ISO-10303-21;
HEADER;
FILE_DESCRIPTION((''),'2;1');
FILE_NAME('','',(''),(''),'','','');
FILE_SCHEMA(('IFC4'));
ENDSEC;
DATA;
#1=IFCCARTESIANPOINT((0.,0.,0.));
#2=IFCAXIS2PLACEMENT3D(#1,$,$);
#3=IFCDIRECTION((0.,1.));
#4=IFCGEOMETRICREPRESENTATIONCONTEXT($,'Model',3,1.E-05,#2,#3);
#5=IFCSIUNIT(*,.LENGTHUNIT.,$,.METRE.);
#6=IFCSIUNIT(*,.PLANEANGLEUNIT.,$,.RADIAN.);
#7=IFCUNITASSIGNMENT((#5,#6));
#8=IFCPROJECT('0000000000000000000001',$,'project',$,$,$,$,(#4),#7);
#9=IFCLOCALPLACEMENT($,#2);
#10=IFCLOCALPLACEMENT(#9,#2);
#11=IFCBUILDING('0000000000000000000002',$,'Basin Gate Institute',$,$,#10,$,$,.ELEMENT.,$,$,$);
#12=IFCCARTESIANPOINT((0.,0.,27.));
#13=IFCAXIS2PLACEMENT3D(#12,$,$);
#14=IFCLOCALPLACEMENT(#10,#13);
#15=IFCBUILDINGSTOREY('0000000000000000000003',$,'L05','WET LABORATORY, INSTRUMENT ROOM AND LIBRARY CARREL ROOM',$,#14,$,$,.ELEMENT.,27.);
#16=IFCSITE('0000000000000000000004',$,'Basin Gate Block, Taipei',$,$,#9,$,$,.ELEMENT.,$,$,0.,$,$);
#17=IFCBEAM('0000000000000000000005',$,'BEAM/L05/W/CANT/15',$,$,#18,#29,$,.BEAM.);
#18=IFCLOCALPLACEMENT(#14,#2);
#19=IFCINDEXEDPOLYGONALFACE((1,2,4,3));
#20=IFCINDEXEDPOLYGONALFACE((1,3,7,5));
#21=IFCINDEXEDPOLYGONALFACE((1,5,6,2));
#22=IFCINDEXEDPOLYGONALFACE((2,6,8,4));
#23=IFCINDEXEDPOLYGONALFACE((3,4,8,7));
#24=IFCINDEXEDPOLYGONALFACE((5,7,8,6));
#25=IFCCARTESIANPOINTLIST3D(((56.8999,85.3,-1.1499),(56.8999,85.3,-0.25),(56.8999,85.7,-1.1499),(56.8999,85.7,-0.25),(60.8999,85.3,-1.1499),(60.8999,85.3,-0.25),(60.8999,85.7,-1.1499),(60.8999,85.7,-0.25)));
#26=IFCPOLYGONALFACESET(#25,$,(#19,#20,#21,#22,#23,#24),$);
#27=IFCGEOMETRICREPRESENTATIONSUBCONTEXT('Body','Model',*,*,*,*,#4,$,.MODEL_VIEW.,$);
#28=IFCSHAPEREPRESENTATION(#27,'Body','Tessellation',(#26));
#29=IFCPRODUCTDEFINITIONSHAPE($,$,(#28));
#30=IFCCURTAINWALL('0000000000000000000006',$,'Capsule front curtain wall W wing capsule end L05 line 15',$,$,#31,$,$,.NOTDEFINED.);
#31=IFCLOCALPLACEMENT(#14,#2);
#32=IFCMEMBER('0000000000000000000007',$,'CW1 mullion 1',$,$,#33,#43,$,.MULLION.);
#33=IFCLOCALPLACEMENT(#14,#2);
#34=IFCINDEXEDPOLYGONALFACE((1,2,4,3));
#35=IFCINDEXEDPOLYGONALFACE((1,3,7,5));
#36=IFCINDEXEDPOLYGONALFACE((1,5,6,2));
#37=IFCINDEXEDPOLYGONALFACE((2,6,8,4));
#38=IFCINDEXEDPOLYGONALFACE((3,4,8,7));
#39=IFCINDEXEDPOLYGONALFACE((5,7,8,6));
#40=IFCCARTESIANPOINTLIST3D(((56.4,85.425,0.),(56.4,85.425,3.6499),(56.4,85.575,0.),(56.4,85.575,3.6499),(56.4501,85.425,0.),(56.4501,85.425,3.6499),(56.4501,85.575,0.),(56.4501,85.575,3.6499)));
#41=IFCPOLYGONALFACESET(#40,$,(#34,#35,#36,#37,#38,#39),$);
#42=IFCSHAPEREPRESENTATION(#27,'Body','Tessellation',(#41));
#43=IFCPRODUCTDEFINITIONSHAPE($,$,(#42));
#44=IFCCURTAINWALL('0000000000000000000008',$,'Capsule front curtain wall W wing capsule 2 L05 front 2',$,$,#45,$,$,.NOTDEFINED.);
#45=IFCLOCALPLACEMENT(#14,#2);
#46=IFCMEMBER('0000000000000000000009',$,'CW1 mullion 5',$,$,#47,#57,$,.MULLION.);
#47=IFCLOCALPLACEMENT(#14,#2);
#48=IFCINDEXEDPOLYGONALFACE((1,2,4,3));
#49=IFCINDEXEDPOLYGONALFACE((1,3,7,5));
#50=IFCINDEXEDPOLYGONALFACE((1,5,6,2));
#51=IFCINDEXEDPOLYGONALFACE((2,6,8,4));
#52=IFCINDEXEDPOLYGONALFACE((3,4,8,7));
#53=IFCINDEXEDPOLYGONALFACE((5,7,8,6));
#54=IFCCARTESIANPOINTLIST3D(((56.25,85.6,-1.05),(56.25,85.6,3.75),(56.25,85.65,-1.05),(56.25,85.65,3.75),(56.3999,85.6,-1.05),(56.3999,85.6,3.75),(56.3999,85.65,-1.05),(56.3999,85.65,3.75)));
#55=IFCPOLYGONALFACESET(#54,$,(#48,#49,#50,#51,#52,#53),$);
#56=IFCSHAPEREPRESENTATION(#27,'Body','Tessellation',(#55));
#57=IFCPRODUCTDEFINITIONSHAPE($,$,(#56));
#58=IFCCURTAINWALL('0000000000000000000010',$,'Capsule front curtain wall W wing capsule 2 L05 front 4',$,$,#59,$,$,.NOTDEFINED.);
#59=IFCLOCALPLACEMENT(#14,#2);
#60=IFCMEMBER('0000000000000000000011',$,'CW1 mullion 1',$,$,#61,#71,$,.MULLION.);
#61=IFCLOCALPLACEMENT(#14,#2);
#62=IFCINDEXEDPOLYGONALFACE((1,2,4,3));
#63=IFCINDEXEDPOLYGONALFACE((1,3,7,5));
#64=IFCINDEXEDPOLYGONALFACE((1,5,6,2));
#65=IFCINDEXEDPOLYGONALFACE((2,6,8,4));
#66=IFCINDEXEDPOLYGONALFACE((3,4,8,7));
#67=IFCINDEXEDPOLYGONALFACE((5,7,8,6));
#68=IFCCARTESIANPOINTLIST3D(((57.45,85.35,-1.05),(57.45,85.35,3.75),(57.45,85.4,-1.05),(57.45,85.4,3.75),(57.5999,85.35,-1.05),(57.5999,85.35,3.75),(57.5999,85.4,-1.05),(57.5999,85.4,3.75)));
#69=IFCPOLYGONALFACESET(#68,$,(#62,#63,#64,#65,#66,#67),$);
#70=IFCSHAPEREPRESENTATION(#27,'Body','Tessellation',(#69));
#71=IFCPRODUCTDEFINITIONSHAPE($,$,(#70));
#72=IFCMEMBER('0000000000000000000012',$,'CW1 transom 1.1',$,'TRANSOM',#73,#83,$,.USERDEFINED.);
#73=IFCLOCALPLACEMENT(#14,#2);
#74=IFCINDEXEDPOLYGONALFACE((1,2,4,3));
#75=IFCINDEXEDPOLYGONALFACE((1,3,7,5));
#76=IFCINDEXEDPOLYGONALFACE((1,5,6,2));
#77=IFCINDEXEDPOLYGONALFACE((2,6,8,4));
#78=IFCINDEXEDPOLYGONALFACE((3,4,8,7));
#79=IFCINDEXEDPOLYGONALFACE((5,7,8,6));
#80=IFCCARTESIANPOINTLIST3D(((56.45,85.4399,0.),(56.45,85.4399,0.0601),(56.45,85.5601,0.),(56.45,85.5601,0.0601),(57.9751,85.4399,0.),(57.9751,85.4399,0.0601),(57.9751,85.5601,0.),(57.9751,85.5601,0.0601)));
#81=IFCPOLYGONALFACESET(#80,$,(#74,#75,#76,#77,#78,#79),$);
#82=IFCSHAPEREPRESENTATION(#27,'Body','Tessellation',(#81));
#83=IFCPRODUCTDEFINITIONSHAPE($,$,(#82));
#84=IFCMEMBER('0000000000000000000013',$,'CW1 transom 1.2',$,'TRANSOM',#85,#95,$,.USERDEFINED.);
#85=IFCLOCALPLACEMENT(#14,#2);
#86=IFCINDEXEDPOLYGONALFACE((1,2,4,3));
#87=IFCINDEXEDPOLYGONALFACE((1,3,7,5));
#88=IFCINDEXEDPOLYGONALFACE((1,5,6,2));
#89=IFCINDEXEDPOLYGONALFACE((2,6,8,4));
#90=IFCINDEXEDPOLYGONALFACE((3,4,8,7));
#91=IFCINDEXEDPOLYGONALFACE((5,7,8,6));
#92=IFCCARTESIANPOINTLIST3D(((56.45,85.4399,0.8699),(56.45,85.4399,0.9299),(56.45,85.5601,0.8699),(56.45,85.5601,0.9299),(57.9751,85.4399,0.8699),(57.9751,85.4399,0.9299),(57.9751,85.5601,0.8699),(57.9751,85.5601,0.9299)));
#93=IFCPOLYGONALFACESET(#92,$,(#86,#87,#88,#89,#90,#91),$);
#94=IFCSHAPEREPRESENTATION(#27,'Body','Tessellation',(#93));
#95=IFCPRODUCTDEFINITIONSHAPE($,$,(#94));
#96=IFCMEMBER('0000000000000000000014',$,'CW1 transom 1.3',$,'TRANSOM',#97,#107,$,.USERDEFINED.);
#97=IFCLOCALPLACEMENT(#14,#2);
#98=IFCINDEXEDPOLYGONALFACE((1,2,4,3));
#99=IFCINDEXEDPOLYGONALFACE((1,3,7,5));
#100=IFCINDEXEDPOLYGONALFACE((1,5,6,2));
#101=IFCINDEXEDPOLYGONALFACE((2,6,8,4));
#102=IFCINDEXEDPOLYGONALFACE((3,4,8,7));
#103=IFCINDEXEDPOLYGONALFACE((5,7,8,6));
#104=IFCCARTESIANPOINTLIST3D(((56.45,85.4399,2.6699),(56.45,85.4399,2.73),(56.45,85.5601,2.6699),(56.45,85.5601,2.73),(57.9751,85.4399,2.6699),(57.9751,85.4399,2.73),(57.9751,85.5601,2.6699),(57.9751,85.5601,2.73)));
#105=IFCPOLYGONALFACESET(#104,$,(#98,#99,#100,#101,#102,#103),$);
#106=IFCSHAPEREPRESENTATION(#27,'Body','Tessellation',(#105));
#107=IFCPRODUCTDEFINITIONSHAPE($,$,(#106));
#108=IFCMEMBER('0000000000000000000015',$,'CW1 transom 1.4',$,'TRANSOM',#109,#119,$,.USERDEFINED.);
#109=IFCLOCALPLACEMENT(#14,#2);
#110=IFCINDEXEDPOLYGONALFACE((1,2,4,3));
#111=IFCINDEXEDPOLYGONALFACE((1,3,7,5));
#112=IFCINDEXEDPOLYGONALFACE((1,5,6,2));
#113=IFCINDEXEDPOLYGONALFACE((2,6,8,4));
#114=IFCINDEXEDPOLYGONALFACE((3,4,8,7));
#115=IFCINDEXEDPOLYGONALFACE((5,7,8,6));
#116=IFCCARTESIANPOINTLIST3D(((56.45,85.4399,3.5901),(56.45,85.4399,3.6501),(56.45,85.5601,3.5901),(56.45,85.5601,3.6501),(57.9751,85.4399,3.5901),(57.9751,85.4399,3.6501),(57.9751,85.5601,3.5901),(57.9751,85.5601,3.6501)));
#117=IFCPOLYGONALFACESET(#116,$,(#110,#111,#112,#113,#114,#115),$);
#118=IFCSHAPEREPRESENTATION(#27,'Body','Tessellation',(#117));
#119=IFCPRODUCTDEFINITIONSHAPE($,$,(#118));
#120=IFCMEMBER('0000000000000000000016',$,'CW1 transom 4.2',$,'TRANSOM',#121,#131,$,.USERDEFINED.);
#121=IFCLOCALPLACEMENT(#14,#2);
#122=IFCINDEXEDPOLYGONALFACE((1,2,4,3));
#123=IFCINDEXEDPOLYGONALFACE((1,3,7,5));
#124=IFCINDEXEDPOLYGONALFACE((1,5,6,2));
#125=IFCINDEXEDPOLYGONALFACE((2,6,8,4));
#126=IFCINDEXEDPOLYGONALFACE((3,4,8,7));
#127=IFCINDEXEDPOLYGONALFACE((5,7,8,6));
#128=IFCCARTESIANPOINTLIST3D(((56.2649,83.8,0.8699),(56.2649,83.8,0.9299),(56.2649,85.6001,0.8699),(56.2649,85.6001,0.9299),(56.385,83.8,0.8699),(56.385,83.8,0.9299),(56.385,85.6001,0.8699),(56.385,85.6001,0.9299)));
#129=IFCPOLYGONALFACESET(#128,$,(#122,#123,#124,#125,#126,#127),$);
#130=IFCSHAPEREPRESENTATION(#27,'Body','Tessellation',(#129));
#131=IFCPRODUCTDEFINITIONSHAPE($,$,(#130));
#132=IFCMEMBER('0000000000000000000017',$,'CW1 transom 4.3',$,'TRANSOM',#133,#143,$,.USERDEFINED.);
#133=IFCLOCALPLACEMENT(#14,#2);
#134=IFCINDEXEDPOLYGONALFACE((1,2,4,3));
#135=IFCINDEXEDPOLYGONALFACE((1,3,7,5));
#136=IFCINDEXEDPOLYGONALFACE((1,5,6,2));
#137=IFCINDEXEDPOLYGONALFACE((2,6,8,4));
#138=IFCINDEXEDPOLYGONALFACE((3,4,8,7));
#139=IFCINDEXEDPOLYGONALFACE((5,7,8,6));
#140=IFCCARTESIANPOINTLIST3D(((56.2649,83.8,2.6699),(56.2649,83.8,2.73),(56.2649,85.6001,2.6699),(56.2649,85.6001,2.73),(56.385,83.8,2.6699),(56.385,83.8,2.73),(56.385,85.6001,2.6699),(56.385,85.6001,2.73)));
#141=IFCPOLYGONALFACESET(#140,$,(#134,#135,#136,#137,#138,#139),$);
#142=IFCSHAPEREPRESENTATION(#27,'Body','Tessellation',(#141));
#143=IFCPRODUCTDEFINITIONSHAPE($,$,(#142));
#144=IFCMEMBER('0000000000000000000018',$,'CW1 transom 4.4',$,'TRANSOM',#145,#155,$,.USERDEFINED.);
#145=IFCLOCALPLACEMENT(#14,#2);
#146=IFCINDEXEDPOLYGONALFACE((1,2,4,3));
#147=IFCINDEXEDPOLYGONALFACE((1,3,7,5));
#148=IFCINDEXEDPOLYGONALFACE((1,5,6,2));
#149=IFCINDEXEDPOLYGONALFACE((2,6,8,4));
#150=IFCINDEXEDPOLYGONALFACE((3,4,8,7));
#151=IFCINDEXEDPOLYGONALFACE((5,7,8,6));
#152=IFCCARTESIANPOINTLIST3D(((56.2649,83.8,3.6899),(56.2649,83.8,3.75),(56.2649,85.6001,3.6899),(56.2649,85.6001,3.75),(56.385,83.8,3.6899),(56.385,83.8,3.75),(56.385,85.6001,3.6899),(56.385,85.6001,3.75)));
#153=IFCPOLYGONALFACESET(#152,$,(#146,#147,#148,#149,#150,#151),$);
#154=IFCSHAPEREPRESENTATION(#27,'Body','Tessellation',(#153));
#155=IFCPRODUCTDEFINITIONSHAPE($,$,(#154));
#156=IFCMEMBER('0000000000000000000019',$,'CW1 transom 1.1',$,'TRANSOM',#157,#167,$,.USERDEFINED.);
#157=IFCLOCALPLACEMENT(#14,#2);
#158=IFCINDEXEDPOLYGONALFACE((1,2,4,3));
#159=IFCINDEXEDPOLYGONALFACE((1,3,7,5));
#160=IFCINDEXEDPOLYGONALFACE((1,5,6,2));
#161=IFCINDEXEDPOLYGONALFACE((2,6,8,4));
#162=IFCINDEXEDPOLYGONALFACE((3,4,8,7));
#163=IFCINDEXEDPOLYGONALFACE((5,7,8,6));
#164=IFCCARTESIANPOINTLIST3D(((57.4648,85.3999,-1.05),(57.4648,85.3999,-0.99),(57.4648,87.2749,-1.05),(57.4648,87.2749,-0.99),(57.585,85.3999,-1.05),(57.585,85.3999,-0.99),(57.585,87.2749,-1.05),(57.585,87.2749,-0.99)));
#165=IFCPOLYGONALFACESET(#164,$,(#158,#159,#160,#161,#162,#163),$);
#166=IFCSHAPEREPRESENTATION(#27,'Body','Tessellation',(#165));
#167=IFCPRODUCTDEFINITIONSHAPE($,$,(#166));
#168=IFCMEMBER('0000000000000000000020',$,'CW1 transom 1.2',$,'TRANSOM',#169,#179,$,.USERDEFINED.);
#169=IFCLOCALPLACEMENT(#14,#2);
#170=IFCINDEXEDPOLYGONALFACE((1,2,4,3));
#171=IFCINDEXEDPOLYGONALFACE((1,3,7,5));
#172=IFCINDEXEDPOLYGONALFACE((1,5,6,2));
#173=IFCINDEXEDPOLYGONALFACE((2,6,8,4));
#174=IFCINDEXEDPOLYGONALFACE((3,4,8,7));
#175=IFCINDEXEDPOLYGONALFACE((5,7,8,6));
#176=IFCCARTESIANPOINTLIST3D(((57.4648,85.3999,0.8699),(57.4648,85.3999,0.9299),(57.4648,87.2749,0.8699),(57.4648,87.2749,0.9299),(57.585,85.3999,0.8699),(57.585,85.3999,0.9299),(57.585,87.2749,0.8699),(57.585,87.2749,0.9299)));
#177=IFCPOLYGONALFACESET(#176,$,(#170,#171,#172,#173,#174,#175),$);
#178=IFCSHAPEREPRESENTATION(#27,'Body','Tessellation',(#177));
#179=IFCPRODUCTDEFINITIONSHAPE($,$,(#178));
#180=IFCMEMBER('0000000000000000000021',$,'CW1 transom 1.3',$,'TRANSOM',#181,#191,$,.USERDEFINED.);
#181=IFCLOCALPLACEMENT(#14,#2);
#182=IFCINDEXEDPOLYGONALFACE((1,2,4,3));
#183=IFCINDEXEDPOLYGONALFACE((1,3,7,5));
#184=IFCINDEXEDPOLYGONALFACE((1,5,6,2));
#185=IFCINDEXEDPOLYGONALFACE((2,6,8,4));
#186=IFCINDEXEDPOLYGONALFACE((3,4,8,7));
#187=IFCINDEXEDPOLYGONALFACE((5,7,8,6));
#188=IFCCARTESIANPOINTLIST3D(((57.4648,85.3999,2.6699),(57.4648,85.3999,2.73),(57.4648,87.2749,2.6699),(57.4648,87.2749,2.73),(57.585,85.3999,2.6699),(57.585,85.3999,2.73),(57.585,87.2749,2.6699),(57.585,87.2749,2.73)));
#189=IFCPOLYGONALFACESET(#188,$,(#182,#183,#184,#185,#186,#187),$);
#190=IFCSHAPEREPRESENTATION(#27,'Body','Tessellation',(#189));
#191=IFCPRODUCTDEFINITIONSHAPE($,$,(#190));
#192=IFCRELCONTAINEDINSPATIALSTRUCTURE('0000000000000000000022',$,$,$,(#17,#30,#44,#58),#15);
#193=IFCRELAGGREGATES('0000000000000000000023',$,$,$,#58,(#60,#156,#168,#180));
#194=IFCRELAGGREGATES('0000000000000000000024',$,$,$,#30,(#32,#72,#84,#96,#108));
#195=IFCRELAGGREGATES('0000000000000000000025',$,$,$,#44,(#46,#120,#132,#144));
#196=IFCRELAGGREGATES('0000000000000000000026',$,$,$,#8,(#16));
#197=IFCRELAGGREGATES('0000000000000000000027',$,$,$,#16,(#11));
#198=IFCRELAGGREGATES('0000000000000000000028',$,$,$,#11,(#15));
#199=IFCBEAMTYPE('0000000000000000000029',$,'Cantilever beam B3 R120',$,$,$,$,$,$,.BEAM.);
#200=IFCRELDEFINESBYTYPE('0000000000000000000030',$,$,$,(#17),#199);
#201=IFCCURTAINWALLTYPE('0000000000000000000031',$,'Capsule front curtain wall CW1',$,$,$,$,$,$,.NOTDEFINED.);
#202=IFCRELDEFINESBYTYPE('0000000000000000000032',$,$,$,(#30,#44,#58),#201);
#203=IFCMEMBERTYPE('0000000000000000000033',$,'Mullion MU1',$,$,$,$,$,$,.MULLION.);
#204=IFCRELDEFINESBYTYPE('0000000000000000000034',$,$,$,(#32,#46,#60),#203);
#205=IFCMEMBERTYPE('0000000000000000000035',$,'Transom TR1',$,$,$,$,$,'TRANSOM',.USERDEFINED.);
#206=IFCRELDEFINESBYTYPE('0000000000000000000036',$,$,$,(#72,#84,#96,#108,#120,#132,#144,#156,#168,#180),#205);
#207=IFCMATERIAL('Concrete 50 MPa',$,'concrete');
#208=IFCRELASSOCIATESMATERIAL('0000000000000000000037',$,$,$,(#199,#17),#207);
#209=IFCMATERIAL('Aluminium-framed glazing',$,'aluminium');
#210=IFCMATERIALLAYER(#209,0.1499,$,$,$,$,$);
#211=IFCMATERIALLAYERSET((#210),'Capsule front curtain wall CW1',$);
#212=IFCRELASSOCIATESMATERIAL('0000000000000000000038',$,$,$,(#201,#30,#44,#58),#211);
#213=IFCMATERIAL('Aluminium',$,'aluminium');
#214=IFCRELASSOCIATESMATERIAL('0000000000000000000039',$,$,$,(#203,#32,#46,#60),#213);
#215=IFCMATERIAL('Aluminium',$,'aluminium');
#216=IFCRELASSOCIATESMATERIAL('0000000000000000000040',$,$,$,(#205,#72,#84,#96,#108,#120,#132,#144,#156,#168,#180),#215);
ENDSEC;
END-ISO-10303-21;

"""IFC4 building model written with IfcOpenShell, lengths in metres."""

from ifc_helpers import new_model, si_unit, direction, frame, origin, origin_2d, place, context, subcontext, project, spatial, rectangle, extrude, material, layer, layer_set, material_profile, profile_set, type_object, element, aggregate, save


model = new_model("IFC4")

# Units and contexts
model_context = context("Model", 3, precision=1e-05, world=origin(), true_north=direction((0.0, 1.0)))
body_context = subcontext(model_context, "Body", "Model", "MODEL_VIEW")
ifc_project = project(units=[si_unit("LENGTHUNIT", "METRE"), si_unit("PLANEANGLEUNIT", "RADIAN")], contexts=[model_context])

# Site, building, storey
site_placement = place(None, origin())
site = spatial("IfcSite", under=ifc_project, at=site_placement, Name="Basin Gate Block, Taipei", CompositionType="ELEMENT", RefElevation=0.0)
building_placement = place(site_placement, origin())
building = spatial("IfcBuilding", under=site, at=building_placement, Name="Basin Gate Institute", CompositionType="ELEMENT")
storey_placement = place(building_placement, frame((0.0, 0.0, 27.0)))
storey = spatial("IfcBuildingStorey", under=building, at=storey_placement, Name="L05", Description="WET LABORATORY, INSTRUMENT ROOM AND LIBRARY CARREL ROOM", CompositionType="ELEMENT", Elevation=27.0)

# Beam
ifc_material_1 = material(Name="Concrete 50 MPa", Category="concrete")
ifc_material_profile_1 = material_profile(ifc_material_1, rectangle(XDim=0.3999, YDim=0.8999, at=origin_2d()), Name="Cantilever beam B3 400 x 900")
ifc_profile_set_1 = profile_set([ifc_material_profile_1], Name="Concrete 50 MPa")
beam_type = type_object("IfcBeamType", Name="Cantilever beam B3 R120", PredefinedType="BEAM", material=ifc_profile_set_1)
beam_placement = place(storey_placement, frame((56.8999, 85.5, -0.7), z_axis=(1.0, 0.0, 0.0), x_axis=(0.0, 1.0, 0.0)))
element("IfcBeam", 1, at=beam_placement, inside=storey, type_object=beam_type, material=ifc_profile_set_1, Name="BEAM/L05/W/CANT/15", PredefinedType="BEAM", context=body_context, shape_type="SweptSolid", body=[
    extrude(rectangle(XDim=0.3999, YDim=0.8999, at=origin_2d()), origin(), (0.0, 0.0, 1.0), 4.0),
])

# Curtain walls, members
ifc_material_2 = material(Name="Aluminium-framed glazing", Category="aluminium")
ifc_layer_1 = layer(ifc_material_2, 0.1499)
ifc_layer_set_1 = layer_set([ifc_layer_1], Name="Capsule front curtain wall CW1")
curtain_wall_type = type_object("IfcCurtainWallType", Name="Capsule front curtain wall CW1", PredefinedType="NOTDEFINED", material=ifc_layer_set_1)
curtain_wall_1_placement = place(storey_placement, origin())
curtain_wall_1 = element("IfcCurtainWall", 2, at=curtain_wall_1_placement, inside=storey, type_object=curtain_wall_type, material=ifc_layer_set_1, Name="Capsule front curtain wall W wing capsule end L05 line 15", PredefinedType="NOTDEFINED")
ifc_material_3 = material(Name="Aluminium", Category="aluminium")
ifc_material_profile_2 = material_profile(ifc_material_3, rectangle(XDim=0.1499, YDim=0.05, at=origin_2d()), Name="Mullion MU1 150 x 50")
ifc_profile_set_2 = profile_set([ifc_material_profile_2], Name="Aluminium")
member_type_1 = type_object("IfcMemberType", Name="Mullion MU1", PredefinedType="MULLION", material=ifc_profile_set_2)
member_1_placement = place(storey_placement, frame((56.425, 85.5, 0.0), z_axis=(0.0, 0.0, 1.0), x_axis=(0.0, 1.0, 0.0)))
member_1 = element("IfcMember", 3, at=member_1_placement, type_object=member_type_1, material=ifc_profile_set_2, Name="CW1 mullion 1", PredefinedType="MULLION", context=body_context, shape_type="SweptSolid", body=[
    extrude(rectangle(XDim=0.1499, YDim=0.05, at=origin_2d()), origin(), (0.0, 0.0, 1.0), 3.6499),
])
curtain_wall_2_placement = place(storey_placement, origin())
curtain_wall_2 = element("IfcCurtainWall", 4, at=curtain_wall_2_placement, inside=storey, type_object=curtain_wall_type, material=ifc_layer_set_1, Name="Capsule front curtain wall W wing capsule 2 L05 front 2", PredefinedType="NOTDEFINED")
member_2_placement = place(storey_placement, frame((56.325, 85.625, -1.05), z_axis=(0.0, 0.0, 1.0), x_axis=(-1.0, 0.0, 0.0)))
member_2 = element("IfcMember", 5, at=member_2_placement, type_object=member_type_1, material=ifc_profile_set_2, Name="CW1 mullion 5", PredefinedType="MULLION", context=body_context, shape_type="SweptSolid", body=[
    extrude(rectangle(XDim=0.1499, YDim=0.05, at=origin_2d()), origin(), (0.0, 0.0, 1.0), 4.8),
])
curtain_wall_3_placement = place(storey_placement, origin())
curtain_wall_3 = element("IfcCurtainWall", 6, at=curtain_wall_3_placement, inside=storey, type_object=curtain_wall_type, material=ifc_layer_set_1, Name="Capsule front curtain wall W wing capsule 2 L05 front 4", PredefinedType="NOTDEFINED")
member_3_placement = place(storey_placement, frame((57.5249, 85.375, -1.05), z_axis=(0.0, 0.0, 1.0), x_axis=(-1.0, 0.0, 0.0)))
member_3 = element("IfcMember", 7, at=member_3_placement, type_object=member_type_1, material=ifc_profile_set_2, Name="CW1 mullion 1", PredefinedType="MULLION", context=body_context, shape_type="SweptSolid", body=[
    extrude(rectangle(XDim=0.1499, YDim=0.05, at=origin_2d()), origin(), (0.0, 0.0, 1.0), 4.8),
])

# Members
ifc_material_4 = material(Name="Aluminium", Category="aluminium")
ifc_material_profile_3 = material_profile(ifc_material_4, rectangle(XDim=0.1201, YDim=0.0601, at=origin_2d()), Name="Transom TR1 120 x 60")
ifc_profile_set_3 = profile_set([ifc_material_profile_3], Name="Aluminium")
member_type_2 = type_object("IfcMemberType", Name="Transom TR1", ElementType="TRANSOM", PredefinedType="USERDEFINED", material=ifc_profile_set_3)
member_4_placement = place(storey_placement, frame((56.45, 85.5, 0.03), z_axis=(1.0, 0.0, 0.0), x_axis=(0.0, 1.0, 0.0)))
member_4 = element("IfcMember", 8, at=member_4_placement, type_object=member_type_2, material=ifc_profile_set_3, Name="CW1 transom 1.1", ObjectType="TRANSOM", PredefinedType="USERDEFINED", context=body_context, shape_type="SweptSolid", body=[
    extrude(rectangle(XDim=0.1201, YDim=0.0601, at=origin_2d()), origin(), (0.0, 0.0, 1.0), 1.5251),
])
member_5_placement = place(storey_placement, frame((56.45, 85.5, 0.8999), z_axis=(1.0, 0.0, 0.0), x_axis=(0.0, 1.0, 0.0)))
member_5 = element("IfcMember", 9, at=member_5_placement, type_object=member_type_2, material=ifc_profile_set_3, Name="CW1 transom 1.2", ObjectType="TRANSOM", PredefinedType="USERDEFINED", context=body_context, shape_type="SweptSolid", body=[
    extrude(rectangle(XDim=0.1201, YDim=0.0601, at=origin_2d()), origin(), (0.0, 0.0, 1.0), 1.5251),
])
member_6_placement = place(storey_placement, frame((56.45, 85.5, 2.7), z_axis=(1.0, 0.0, 0.0), x_axis=(0.0, 1.0, 0.0)))
member_6 = element("IfcMember", 10, at=member_6_placement, type_object=member_type_2, material=ifc_profile_set_3, Name="CW1 transom 1.3", ObjectType="TRANSOM", PredefinedType="USERDEFINED", context=body_context, shape_type="SweptSolid", body=[
    extrude(rectangle(XDim=0.1201, YDim=0.0601, at=origin_2d()), origin(), (0.0, 0.0, 1.0), 1.5251),
])
member_7_placement = place(storey_placement, frame((56.45, 85.5, 3.6201), z_axis=(1.0, 0.0, 0.0), x_axis=(0.0, 1.0, 0.0)))
member_7 = element("IfcMember", 11, at=member_7_placement, type_object=member_type_2, material=ifc_profile_set_3, Name="CW1 transom 1.4", ObjectType="TRANSOM", PredefinedType="USERDEFINED", context=body_context, shape_type="SweptSolid", body=[
    extrude(rectangle(XDim=0.1201, YDim=0.0601, at=origin_2d()), origin(), (0.0, 0.0, 1.0), 1.5251),
])
member_8_placement = place(storey_placement, frame((56.325, 83.8, 0.8999), z_axis=(0.0, 1.0, 0.0), x_axis=(-1.0, 0.0, 0.0)))
member_8 = element("IfcMember", 12, at=member_8_placement, type_object=member_type_2, material=ifc_profile_set_3, Name="CW1 transom 4.2", ObjectType="TRANSOM", PredefinedType="USERDEFINED", context=body_context, shape_type="SweptSolid", body=[
    extrude(rectangle(XDim=0.1201, YDim=0.0601, at=origin_2d()), origin(), (0.0, 0.0, 1.0), 1.8),
])
member_9_placement = place(storey_placement, frame((56.325, 83.8, 2.7), z_axis=(0.0, 1.0, 0.0), x_axis=(-1.0, 0.0, 0.0)))
member_9 = element("IfcMember", 13, at=member_9_placement, type_object=member_type_2, material=ifc_profile_set_3, Name="CW1 transom 4.3", ObjectType="TRANSOM", PredefinedType="USERDEFINED", context=body_context, shape_type="SweptSolid", body=[
    extrude(rectangle(XDim=0.1201, YDim=0.0601, at=origin_2d()), origin(), (0.0, 0.0, 1.0), 1.8),
])
member_10_placement = place(storey_placement, frame((56.325, 83.8, 3.72), z_axis=(0.0, 1.0, 0.0), x_axis=(-1.0, 0.0, 0.0)))
member_10 = element("IfcMember", 14, at=member_10_placement, type_object=member_type_2, material=ifc_profile_set_3, Name="CW1 transom 4.4", ObjectType="TRANSOM", PredefinedType="USERDEFINED", context=body_context, shape_type="SweptSolid", body=[
    extrude(rectangle(XDim=0.1201, YDim=0.0601, at=origin_2d()), origin(), (0.0, 0.0, 1.0), 1.8),
])
member_11_placement = place(storey_placement, frame((57.5249, 85.3999, -1.02), z_axis=(0.0, 1.0, 0.0), x_axis=(-1.0, 0.0, 0.0)))
member_11 = element("IfcMember", 15, at=member_11_placement, type_object=member_type_2, material=ifc_profile_set_3, Name="CW1 transom 1.1", ObjectType="TRANSOM", PredefinedType="USERDEFINED", context=body_context, shape_type="SweptSolid", body=[
    extrude(rectangle(XDim=0.1201, YDim=0.0601, at=origin_2d()), origin(), (0.0, 0.0, 1.0), 1.875),
])
member_12_placement = place(storey_placement, frame((57.5249, 85.3999, 0.8999), z_axis=(0.0, 1.0, 0.0), x_axis=(-1.0, 0.0, 0.0)))
member_12 = element("IfcMember", 16, at=member_12_placement, type_object=member_type_2, material=ifc_profile_set_3, Name="CW1 transom 1.2", ObjectType="TRANSOM", PredefinedType="USERDEFINED", context=body_context, shape_type="SweptSolid", body=[
    extrude(rectangle(XDim=0.1201, YDim=0.0601, at=origin_2d()), origin(), (0.0, 0.0, 1.0), 1.875),
])
member_13_placement = place(storey_placement, frame((57.5249, 85.3999, 2.7), z_axis=(0.0, 1.0, 0.0), x_axis=(-1.0, 0.0, 0.0)))
member_13 = element("IfcMember", 17, at=member_13_placement, type_object=member_type_2, material=ifc_profile_set_3, Name="CW1 transom 1.3", ObjectType="TRANSOM", PredefinedType="USERDEFINED", context=body_context, shape_type="SweptSolid", body=[
    extrude(rectangle(XDim=0.1201, YDim=0.0601, at=origin_2d()), origin(), (0.0, 0.0, 1.0), 1.875),
])

aggregate(curtain_wall_3, [member_3, member_11, member_12, member_13])
aggregate(curtain_wall_1, [member_1, member_4, member_5, member_6, member_7])
aggregate(curtain_wall_2, [member_2, member_8, member_9, member_10])

save(model, "model.ifc")
